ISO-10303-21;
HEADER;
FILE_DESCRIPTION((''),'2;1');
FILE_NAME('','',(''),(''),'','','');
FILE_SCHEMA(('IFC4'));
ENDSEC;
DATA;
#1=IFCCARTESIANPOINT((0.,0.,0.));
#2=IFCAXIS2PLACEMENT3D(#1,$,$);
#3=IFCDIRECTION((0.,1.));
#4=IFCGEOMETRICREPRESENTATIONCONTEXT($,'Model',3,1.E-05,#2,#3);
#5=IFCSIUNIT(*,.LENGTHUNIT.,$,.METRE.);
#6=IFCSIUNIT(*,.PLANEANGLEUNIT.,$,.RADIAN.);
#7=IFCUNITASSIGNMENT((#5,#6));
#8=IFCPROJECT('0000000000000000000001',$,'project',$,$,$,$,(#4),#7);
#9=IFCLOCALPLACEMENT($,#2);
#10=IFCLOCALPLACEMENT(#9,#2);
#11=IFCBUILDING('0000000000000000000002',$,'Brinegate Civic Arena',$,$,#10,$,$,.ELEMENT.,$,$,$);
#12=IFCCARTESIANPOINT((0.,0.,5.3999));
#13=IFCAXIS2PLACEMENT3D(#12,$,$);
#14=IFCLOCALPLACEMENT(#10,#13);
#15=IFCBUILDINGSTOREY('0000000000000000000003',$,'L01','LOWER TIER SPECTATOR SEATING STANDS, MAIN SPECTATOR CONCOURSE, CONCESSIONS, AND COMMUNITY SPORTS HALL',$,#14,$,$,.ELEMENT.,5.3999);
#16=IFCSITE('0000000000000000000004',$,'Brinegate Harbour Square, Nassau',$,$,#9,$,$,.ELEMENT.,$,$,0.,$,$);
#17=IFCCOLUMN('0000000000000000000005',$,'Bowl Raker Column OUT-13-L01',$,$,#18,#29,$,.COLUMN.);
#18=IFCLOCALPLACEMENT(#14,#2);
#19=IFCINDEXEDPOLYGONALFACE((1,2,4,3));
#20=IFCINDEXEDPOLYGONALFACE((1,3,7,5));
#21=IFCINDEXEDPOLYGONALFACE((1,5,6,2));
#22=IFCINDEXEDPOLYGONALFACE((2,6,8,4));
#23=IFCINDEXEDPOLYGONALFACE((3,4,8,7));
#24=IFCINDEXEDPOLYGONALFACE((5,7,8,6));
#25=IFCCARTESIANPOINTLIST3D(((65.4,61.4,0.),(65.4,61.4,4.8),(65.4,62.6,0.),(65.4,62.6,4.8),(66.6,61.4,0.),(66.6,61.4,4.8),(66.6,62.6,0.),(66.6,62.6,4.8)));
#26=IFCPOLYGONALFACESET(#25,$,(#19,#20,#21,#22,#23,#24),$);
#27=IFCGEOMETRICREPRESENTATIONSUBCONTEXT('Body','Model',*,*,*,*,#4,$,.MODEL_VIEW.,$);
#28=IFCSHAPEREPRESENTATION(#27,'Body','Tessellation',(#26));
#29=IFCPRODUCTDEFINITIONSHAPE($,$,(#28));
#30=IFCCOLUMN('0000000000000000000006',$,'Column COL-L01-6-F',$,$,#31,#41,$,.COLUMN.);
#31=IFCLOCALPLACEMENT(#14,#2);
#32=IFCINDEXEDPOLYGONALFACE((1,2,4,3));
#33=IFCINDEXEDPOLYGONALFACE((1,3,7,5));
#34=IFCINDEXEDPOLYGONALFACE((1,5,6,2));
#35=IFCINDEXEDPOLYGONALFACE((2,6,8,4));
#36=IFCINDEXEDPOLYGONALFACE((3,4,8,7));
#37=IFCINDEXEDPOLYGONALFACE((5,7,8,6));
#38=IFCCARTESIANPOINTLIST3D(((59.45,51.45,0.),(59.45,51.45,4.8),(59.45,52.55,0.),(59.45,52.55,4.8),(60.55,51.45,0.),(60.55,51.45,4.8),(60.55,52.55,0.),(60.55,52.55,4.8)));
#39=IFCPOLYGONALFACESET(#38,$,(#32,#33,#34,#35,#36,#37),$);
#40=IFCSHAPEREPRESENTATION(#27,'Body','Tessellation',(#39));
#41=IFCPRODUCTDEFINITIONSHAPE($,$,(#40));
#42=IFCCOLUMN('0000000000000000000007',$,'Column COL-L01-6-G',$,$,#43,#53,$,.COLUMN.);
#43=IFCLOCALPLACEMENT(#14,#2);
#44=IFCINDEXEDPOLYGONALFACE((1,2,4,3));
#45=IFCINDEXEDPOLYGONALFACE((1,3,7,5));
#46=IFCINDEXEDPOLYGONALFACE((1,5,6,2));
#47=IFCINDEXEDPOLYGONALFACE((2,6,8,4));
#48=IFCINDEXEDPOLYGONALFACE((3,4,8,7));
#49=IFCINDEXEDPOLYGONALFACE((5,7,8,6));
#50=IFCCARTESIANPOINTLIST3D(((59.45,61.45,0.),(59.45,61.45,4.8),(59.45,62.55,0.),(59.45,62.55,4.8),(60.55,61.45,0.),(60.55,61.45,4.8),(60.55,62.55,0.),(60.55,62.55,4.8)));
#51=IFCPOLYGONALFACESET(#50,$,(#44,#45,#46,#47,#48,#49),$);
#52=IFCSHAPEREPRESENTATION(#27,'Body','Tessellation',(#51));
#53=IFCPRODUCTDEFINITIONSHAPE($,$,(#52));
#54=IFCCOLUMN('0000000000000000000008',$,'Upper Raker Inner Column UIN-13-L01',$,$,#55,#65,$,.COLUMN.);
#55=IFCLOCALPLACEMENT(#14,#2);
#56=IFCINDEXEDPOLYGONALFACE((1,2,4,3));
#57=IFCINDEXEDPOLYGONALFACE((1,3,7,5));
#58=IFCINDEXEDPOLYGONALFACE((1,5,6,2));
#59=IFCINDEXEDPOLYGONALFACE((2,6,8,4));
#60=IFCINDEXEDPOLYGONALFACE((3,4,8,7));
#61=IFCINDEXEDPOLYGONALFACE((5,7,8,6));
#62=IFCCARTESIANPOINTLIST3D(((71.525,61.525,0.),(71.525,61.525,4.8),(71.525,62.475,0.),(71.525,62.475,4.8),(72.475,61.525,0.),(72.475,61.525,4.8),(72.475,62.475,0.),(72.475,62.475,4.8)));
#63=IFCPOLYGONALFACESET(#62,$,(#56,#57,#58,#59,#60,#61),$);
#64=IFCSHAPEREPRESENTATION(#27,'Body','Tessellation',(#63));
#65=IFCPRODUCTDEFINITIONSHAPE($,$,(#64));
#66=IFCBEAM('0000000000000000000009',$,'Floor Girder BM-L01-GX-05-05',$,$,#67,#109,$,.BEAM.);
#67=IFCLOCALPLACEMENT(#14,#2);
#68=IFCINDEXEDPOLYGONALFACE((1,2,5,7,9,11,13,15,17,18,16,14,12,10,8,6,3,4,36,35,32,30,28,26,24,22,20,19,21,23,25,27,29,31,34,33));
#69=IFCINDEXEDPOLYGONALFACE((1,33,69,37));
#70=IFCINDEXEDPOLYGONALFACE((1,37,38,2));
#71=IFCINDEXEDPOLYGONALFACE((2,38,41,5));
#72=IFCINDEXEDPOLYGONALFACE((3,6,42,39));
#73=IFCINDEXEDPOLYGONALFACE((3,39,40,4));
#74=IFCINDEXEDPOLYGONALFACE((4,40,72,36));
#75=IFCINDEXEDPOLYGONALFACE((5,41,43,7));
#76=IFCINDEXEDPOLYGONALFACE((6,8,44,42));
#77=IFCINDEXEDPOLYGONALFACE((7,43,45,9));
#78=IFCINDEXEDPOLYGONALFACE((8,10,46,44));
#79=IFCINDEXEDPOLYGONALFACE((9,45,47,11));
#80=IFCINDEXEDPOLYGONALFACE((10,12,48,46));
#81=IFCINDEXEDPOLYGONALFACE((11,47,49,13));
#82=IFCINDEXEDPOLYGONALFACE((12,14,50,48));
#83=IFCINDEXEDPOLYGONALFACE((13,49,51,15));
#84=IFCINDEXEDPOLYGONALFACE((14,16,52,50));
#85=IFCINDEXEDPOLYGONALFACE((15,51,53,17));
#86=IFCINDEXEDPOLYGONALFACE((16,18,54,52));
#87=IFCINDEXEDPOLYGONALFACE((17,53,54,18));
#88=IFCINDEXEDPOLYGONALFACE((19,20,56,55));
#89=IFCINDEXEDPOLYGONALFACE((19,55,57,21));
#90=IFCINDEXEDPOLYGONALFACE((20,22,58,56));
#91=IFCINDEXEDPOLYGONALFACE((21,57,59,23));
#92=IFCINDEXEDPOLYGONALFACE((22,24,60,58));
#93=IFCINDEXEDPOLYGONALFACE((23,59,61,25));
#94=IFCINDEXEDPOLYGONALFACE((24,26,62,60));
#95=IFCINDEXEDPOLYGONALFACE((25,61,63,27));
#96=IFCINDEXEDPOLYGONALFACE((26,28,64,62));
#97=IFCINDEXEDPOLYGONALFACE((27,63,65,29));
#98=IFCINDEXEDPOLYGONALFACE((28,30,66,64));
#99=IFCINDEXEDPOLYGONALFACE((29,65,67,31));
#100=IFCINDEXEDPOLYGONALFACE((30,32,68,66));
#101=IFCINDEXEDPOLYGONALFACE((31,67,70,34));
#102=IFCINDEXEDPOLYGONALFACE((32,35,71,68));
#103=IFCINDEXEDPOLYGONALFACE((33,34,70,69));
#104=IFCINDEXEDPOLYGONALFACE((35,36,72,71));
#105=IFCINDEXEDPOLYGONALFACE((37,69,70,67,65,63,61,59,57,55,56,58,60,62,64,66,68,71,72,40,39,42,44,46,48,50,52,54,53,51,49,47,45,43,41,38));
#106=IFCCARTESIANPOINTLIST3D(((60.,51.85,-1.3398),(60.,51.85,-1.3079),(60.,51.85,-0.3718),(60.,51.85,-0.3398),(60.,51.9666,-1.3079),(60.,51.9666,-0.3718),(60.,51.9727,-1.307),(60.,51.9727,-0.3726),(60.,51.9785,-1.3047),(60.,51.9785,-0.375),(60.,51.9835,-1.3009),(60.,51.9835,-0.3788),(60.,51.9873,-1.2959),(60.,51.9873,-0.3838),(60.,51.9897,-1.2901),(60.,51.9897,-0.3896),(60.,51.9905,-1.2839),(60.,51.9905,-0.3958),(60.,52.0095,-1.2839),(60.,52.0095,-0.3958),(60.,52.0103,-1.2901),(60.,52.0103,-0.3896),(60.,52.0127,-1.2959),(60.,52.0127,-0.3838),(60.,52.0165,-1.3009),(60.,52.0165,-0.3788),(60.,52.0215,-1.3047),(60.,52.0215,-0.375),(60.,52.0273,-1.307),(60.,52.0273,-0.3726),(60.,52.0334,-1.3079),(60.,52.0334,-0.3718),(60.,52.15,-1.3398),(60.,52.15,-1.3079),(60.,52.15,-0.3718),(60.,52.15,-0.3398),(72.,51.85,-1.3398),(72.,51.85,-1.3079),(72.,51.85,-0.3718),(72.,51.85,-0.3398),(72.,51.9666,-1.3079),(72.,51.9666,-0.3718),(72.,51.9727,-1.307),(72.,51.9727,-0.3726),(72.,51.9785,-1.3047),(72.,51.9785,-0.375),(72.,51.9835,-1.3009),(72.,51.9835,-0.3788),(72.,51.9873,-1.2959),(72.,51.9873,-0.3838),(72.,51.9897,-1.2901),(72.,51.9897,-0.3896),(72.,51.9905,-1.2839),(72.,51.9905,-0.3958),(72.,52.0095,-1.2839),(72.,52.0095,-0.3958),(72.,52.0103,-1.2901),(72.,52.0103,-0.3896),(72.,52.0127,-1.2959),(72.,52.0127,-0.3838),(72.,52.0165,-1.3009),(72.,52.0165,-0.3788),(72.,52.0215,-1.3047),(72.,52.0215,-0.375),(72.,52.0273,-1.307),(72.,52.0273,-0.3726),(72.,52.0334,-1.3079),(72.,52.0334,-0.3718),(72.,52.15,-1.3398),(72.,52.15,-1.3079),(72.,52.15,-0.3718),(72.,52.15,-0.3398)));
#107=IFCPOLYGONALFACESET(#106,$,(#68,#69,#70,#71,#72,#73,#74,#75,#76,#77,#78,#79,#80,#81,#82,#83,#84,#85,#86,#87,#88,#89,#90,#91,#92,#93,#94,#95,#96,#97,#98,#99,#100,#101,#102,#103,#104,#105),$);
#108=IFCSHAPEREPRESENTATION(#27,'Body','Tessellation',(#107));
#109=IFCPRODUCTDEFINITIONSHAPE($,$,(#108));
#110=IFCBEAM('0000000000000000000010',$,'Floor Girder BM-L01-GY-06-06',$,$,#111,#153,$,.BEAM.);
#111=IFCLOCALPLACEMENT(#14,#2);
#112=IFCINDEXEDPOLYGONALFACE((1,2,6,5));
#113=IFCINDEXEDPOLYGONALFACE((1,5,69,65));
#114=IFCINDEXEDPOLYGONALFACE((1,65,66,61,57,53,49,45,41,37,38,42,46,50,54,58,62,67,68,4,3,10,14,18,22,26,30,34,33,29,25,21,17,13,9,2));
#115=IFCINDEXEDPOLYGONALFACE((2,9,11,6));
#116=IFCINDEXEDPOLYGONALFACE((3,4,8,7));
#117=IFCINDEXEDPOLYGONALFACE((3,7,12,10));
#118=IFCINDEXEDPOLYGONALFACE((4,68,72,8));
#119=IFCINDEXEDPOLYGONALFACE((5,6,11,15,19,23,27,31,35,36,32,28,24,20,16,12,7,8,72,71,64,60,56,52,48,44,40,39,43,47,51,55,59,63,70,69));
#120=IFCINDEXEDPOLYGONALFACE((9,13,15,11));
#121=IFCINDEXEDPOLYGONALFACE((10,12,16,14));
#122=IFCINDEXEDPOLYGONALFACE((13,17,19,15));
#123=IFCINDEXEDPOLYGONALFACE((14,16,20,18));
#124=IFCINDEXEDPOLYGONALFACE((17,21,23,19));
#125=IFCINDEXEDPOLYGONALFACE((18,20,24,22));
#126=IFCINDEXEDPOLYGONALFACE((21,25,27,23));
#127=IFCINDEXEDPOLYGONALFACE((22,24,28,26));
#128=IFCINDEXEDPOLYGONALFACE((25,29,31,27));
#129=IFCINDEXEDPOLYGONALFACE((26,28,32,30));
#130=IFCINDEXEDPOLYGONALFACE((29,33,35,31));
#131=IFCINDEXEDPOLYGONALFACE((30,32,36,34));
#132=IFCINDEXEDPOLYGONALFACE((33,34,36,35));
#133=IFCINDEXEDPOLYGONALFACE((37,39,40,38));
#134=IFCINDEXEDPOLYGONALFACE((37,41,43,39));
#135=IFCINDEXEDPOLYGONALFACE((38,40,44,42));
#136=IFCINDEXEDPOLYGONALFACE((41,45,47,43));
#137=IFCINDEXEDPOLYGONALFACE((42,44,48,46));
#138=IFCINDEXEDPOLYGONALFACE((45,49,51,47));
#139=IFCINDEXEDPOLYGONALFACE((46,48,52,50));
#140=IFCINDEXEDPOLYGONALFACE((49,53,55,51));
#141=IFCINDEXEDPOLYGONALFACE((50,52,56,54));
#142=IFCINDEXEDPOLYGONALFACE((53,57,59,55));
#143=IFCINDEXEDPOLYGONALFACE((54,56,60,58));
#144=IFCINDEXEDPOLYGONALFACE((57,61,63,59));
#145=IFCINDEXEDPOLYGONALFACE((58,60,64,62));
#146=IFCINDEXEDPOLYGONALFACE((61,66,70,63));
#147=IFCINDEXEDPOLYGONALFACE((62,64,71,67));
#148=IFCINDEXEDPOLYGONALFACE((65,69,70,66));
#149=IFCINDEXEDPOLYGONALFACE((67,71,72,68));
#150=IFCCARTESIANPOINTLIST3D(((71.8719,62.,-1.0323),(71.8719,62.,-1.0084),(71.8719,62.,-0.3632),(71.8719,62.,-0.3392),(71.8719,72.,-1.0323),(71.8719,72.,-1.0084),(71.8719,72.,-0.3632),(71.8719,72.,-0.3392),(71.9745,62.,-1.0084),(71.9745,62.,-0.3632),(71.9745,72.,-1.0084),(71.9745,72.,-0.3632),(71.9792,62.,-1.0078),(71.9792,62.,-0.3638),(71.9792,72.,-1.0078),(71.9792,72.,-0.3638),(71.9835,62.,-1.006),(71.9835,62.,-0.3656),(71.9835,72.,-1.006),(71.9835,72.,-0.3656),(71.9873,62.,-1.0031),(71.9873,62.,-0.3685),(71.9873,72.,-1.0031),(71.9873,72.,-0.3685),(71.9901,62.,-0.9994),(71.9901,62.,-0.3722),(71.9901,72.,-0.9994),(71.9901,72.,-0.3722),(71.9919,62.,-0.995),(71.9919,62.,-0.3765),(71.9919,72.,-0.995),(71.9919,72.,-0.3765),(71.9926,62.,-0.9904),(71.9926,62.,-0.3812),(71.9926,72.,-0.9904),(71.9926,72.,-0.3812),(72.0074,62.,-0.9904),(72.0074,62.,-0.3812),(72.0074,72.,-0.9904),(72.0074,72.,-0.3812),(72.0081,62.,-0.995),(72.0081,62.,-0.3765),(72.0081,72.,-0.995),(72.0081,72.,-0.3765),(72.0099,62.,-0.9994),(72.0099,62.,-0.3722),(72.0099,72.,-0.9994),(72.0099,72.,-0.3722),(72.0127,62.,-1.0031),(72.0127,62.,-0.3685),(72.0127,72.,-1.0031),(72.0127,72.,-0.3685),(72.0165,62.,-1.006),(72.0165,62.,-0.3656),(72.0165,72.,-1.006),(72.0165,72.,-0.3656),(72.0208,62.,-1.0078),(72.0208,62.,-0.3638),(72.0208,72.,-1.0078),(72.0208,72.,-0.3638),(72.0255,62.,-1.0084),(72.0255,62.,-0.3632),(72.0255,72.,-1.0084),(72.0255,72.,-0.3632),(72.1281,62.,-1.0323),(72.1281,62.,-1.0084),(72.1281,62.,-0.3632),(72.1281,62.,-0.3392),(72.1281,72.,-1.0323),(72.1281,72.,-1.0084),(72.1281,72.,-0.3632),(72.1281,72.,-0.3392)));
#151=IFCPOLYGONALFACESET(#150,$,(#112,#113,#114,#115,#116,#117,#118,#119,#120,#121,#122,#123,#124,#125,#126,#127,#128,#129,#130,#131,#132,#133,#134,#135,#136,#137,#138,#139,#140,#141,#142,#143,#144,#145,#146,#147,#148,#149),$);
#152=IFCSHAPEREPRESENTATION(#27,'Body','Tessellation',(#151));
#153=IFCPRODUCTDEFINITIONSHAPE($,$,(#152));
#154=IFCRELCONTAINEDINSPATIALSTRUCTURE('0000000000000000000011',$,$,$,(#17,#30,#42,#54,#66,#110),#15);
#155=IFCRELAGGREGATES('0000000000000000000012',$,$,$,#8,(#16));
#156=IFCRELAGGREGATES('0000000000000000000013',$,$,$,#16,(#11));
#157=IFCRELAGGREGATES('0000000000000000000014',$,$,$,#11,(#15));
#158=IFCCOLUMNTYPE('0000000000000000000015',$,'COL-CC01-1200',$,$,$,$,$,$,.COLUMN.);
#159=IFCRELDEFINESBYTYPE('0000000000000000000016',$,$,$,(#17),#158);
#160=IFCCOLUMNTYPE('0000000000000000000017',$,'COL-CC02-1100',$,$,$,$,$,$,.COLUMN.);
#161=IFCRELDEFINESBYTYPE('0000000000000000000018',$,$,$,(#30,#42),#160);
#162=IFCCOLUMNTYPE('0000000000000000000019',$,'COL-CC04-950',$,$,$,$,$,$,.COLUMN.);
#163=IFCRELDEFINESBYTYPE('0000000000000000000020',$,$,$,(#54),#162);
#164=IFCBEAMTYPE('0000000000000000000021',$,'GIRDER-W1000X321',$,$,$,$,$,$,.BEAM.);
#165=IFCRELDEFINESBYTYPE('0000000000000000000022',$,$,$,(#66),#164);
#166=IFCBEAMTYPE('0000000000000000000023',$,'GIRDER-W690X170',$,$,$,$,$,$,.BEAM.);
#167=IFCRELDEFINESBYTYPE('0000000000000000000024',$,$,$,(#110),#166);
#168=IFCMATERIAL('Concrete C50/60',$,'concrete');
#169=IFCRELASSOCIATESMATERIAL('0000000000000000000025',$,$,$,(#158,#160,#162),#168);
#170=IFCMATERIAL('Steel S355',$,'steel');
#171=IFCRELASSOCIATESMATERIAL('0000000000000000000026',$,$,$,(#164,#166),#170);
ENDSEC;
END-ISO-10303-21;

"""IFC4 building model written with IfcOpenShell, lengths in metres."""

from ifc_helpers import new_model, si_unit, direction, frame, origin, origin_2d, place, context, subcontext, project, spatial, rectangle, i_section, extrude, material, material_profile, profile_set, type_object, element, save


model = new_model("IFC4")

# Units and contexts
model_context = context("Model", 3, precision=1e-05, world=origin(), true_north=direction((0.0, 1.0)))
body_context = subcontext(model_context, "Body", "Model", "MODEL_VIEW")
ifc_project = project(units=[si_unit("LENGTHUNIT", "METRE"), si_unit("PLANEANGLEUNIT", "RADIAN")], contexts=[model_context])

# Site, building, storey
site_placement = place(None, origin())
site = spatial("IfcSite", under=ifc_project, at=site_placement, Name="Brinegate Harbour Square, Nassau", CompositionType="ELEMENT", RefElevation=0.0)
building_placement = place(site_placement, origin())
building = spatial("IfcBuilding", under=site, at=building_placement, Name="Brinegate Civic Arena", CompositionType="ELEMENT")
storey_placement = place(building_placement, frame((0.0, 0.0, 5.3999)))
storey = spatial("IfcBuildingStorey", under=building, at=storey_placement, Name="L01", Description="LOWER TIER SPECTATOR SEATING STANDS, MAIN SPECTATOR CONCOURSE, CONCESSIONS, AND COMMUNITY SPORTS HALL", CompositionType="ELEMENT", Elevation=5.3999)

# Columns
ifc_material_1 = material(Name="Concrete C50/60", Category="concrete")
ifc_material_profile_1 = material_profile(ifc_material_1, rectangle(XDim=1.2, YDim=1.2, at=origin_2d()), Name="RC1200X1200")
ifc_profile_set_1 = profile_set([ifc_material_profile_1], Name="Concrete C50/60")
column_type_1 = type_object("IfcColumnType", Name="COL-CC01-1200", PredefinedType="COLUMN", material=ifc_profile_set_1)
column_1_placement = place(storey_placement, frame((66.0, 62.0, 0.0), z_axis=(0.0, 0.0, 1.0), x_axis=(1.0, 0.0, 0.0)))
element("IfcColumn", 1, at=column_1_placement, inside=storey, type_object=column_type_1, Name="Bowl Raker Column OUT-13-L01", PredefinedType="COLUMN", context=body_context, shape_type="SweptSolid", body=[
    extrude(rectangle(XDim=1.2, YDim=1.2, at=origin_2d()), origin(), (0.0, 0.0, 1.0), 4.8),
])
ifc_material_profile_2 = material_profile(ifc_material_1, rectangle(XDim=1.1001, YDim=1.1001, at=origin_2d()), Name="RC1100X1100")
ifc_profile_set_2 = profile_set([ifc_material_profile_2], Name="Concrete C50/60")
column_type_2 = type_object("IfcColumnType", Name="COL-CC02-1100", PredefinedType="COLUMN", material=ifc_profile_set_2)
for number, where, z_axis, x_axis, name in (
    (2, (60.0, 52.0, 0.0), (0.0, 0.0, 1.0), (1.0, 0.0, 0.0), "Column COL-L01-6-F"),
    (3, (60.0, 62.0, 0.0), (0.0, 0.0, 1.0), (1.0, 0.0, 0.0), "Column COL-L01-6-G"),
):
    element("IfcColumn", number, at=place(storey_placement, frame(where, z_axis=z_axis, x_axis=x_axis)), inside=storey, type_object=column_type_2, Name=name, PredefinedType="COLUMN", context=body_context, shape_type="SweptSolid", body=[
        extrude(rectangle(XDim=1.1001, YDim=1.1001, at=origin_2d()), origin(), (0.0, 0.0, 1.0), 4.8),
    ])
ifc_material_profile_3 = material_profile(ifc_material_1, rectangle(XDim=0.95, YDim=0.95, at=origin_2d()), Name="RC950X950")
ifc_profile_set_3 = profile_set([ifc_material_profile_3], Name="Concrete C50/60")
column_type_3 = type_object("IfcColumnType", Name="COL-CC04-950", PredefinedType="COLUMN", material=ifc_profile_set_3)
column_2_placement = place(storey_placement, frame((72.0, 62.0, 0.0), z_axis=(0.0, 0.0, 1.0), x_axis=(1.0, 0.0, 0.0)))
element("IfcColumn", 4, at=column_2_placement, inside=storey, type_object=column_type_3, Name="Upper Raker Inner Column UIN-13-L01", PredefinedType="COLUMN", context=body_context, shape_type="SweptSolid", body=[
    extrude(rectangle(XDim=0.95, YDim=0.95, at=origin_2d()), origin(), (0.0, 0.0, 1.0), 4.8),
])

# Beams
ifc_material_2 = material(Name="Steel S355", Category="steel")
ifc_material_profile_4 = material_profile(ifc_material_2, i_section(OverallWidth=0.3, OverallDepth=1.0, WebThickness=0.019, FlangeThickness=0.032, FilletRadius=0.0239, at=origin_2d()), Name="W1000X321")
ifc_profile_set_4 = profile_set([ifc_material_profile_4], Name="Steel S355")
beam_type_1 = type_object("IfcBeamType", Name="GIRDER-W1000X321", PredefinedType="BEAM", material=ifc_profile_set_4)
beam_1_placement = place(storey_placement, frame((60.0, 52.0, -0.8398), z_axis=(1.0, 0.0, 0.0), x_axis=(0.0, 1.0, 0.0)))
element("IfcBeam", 5, at=beam_1_placement, inside=storey, type_object=beam_type_1, Name="Floor Girder BM-L01-GX-05-05", PredefinedType="BEAM", context=body_context, shape_type="SweptSolid", body=[
    extrude(i_section(OverallWidth=0.3, OverallDepth=1.0, WebThickness=0.019, FlangeThickness=0.032, FilletRadius=0.0239, at=origin_2d()), origin(), (0.0, 0.0, 1.0), 12.0),
])
ifc_material_profile_5 = material_profile(ifc_material_2, i_section(OverallWidth=0.2561, OverallDepth=0.6931, WebThickness=0.0149, FlangeThickness=0.0239, FilletRadius=0.0181, at=origin_2d()), Name="W690X170")
ifc_profile_set_5 = profile_set([ifc_material_profile_5], Name="Steel S355")
beam_type_2 = type_object("IfcBeamType", Name="GIRDER-W690X170", PredefinedType="BEAM", material=ifc_profile_set_5)
beam_2_placement = place(storey_placement, frame((72.0, 62.0, -0.6858), z_axis=(0.0, 1.0, 0.0), x_axis=(-1.0, 0.0, 0.0)))
element("IfcBeam", 6, at=beam_2_placement, inside=storey, type_object=beam_type_2, Name="Floor Girder BM-L01-GY-06-06", PredefinedType="BEAM", context=body_context, shape_type="SweptSolid", body=[
    extrude(i_section(OverallWidth=0.2561, OverallDepth=0.6931, WebThickness=0.0149, FlangeThickness=0.0239, FilletRadius=0.0181, at=origin_2d()), origin(), (0.0, 0.0, 1.0), 10.0),
])

save(model, "model.ifc")
